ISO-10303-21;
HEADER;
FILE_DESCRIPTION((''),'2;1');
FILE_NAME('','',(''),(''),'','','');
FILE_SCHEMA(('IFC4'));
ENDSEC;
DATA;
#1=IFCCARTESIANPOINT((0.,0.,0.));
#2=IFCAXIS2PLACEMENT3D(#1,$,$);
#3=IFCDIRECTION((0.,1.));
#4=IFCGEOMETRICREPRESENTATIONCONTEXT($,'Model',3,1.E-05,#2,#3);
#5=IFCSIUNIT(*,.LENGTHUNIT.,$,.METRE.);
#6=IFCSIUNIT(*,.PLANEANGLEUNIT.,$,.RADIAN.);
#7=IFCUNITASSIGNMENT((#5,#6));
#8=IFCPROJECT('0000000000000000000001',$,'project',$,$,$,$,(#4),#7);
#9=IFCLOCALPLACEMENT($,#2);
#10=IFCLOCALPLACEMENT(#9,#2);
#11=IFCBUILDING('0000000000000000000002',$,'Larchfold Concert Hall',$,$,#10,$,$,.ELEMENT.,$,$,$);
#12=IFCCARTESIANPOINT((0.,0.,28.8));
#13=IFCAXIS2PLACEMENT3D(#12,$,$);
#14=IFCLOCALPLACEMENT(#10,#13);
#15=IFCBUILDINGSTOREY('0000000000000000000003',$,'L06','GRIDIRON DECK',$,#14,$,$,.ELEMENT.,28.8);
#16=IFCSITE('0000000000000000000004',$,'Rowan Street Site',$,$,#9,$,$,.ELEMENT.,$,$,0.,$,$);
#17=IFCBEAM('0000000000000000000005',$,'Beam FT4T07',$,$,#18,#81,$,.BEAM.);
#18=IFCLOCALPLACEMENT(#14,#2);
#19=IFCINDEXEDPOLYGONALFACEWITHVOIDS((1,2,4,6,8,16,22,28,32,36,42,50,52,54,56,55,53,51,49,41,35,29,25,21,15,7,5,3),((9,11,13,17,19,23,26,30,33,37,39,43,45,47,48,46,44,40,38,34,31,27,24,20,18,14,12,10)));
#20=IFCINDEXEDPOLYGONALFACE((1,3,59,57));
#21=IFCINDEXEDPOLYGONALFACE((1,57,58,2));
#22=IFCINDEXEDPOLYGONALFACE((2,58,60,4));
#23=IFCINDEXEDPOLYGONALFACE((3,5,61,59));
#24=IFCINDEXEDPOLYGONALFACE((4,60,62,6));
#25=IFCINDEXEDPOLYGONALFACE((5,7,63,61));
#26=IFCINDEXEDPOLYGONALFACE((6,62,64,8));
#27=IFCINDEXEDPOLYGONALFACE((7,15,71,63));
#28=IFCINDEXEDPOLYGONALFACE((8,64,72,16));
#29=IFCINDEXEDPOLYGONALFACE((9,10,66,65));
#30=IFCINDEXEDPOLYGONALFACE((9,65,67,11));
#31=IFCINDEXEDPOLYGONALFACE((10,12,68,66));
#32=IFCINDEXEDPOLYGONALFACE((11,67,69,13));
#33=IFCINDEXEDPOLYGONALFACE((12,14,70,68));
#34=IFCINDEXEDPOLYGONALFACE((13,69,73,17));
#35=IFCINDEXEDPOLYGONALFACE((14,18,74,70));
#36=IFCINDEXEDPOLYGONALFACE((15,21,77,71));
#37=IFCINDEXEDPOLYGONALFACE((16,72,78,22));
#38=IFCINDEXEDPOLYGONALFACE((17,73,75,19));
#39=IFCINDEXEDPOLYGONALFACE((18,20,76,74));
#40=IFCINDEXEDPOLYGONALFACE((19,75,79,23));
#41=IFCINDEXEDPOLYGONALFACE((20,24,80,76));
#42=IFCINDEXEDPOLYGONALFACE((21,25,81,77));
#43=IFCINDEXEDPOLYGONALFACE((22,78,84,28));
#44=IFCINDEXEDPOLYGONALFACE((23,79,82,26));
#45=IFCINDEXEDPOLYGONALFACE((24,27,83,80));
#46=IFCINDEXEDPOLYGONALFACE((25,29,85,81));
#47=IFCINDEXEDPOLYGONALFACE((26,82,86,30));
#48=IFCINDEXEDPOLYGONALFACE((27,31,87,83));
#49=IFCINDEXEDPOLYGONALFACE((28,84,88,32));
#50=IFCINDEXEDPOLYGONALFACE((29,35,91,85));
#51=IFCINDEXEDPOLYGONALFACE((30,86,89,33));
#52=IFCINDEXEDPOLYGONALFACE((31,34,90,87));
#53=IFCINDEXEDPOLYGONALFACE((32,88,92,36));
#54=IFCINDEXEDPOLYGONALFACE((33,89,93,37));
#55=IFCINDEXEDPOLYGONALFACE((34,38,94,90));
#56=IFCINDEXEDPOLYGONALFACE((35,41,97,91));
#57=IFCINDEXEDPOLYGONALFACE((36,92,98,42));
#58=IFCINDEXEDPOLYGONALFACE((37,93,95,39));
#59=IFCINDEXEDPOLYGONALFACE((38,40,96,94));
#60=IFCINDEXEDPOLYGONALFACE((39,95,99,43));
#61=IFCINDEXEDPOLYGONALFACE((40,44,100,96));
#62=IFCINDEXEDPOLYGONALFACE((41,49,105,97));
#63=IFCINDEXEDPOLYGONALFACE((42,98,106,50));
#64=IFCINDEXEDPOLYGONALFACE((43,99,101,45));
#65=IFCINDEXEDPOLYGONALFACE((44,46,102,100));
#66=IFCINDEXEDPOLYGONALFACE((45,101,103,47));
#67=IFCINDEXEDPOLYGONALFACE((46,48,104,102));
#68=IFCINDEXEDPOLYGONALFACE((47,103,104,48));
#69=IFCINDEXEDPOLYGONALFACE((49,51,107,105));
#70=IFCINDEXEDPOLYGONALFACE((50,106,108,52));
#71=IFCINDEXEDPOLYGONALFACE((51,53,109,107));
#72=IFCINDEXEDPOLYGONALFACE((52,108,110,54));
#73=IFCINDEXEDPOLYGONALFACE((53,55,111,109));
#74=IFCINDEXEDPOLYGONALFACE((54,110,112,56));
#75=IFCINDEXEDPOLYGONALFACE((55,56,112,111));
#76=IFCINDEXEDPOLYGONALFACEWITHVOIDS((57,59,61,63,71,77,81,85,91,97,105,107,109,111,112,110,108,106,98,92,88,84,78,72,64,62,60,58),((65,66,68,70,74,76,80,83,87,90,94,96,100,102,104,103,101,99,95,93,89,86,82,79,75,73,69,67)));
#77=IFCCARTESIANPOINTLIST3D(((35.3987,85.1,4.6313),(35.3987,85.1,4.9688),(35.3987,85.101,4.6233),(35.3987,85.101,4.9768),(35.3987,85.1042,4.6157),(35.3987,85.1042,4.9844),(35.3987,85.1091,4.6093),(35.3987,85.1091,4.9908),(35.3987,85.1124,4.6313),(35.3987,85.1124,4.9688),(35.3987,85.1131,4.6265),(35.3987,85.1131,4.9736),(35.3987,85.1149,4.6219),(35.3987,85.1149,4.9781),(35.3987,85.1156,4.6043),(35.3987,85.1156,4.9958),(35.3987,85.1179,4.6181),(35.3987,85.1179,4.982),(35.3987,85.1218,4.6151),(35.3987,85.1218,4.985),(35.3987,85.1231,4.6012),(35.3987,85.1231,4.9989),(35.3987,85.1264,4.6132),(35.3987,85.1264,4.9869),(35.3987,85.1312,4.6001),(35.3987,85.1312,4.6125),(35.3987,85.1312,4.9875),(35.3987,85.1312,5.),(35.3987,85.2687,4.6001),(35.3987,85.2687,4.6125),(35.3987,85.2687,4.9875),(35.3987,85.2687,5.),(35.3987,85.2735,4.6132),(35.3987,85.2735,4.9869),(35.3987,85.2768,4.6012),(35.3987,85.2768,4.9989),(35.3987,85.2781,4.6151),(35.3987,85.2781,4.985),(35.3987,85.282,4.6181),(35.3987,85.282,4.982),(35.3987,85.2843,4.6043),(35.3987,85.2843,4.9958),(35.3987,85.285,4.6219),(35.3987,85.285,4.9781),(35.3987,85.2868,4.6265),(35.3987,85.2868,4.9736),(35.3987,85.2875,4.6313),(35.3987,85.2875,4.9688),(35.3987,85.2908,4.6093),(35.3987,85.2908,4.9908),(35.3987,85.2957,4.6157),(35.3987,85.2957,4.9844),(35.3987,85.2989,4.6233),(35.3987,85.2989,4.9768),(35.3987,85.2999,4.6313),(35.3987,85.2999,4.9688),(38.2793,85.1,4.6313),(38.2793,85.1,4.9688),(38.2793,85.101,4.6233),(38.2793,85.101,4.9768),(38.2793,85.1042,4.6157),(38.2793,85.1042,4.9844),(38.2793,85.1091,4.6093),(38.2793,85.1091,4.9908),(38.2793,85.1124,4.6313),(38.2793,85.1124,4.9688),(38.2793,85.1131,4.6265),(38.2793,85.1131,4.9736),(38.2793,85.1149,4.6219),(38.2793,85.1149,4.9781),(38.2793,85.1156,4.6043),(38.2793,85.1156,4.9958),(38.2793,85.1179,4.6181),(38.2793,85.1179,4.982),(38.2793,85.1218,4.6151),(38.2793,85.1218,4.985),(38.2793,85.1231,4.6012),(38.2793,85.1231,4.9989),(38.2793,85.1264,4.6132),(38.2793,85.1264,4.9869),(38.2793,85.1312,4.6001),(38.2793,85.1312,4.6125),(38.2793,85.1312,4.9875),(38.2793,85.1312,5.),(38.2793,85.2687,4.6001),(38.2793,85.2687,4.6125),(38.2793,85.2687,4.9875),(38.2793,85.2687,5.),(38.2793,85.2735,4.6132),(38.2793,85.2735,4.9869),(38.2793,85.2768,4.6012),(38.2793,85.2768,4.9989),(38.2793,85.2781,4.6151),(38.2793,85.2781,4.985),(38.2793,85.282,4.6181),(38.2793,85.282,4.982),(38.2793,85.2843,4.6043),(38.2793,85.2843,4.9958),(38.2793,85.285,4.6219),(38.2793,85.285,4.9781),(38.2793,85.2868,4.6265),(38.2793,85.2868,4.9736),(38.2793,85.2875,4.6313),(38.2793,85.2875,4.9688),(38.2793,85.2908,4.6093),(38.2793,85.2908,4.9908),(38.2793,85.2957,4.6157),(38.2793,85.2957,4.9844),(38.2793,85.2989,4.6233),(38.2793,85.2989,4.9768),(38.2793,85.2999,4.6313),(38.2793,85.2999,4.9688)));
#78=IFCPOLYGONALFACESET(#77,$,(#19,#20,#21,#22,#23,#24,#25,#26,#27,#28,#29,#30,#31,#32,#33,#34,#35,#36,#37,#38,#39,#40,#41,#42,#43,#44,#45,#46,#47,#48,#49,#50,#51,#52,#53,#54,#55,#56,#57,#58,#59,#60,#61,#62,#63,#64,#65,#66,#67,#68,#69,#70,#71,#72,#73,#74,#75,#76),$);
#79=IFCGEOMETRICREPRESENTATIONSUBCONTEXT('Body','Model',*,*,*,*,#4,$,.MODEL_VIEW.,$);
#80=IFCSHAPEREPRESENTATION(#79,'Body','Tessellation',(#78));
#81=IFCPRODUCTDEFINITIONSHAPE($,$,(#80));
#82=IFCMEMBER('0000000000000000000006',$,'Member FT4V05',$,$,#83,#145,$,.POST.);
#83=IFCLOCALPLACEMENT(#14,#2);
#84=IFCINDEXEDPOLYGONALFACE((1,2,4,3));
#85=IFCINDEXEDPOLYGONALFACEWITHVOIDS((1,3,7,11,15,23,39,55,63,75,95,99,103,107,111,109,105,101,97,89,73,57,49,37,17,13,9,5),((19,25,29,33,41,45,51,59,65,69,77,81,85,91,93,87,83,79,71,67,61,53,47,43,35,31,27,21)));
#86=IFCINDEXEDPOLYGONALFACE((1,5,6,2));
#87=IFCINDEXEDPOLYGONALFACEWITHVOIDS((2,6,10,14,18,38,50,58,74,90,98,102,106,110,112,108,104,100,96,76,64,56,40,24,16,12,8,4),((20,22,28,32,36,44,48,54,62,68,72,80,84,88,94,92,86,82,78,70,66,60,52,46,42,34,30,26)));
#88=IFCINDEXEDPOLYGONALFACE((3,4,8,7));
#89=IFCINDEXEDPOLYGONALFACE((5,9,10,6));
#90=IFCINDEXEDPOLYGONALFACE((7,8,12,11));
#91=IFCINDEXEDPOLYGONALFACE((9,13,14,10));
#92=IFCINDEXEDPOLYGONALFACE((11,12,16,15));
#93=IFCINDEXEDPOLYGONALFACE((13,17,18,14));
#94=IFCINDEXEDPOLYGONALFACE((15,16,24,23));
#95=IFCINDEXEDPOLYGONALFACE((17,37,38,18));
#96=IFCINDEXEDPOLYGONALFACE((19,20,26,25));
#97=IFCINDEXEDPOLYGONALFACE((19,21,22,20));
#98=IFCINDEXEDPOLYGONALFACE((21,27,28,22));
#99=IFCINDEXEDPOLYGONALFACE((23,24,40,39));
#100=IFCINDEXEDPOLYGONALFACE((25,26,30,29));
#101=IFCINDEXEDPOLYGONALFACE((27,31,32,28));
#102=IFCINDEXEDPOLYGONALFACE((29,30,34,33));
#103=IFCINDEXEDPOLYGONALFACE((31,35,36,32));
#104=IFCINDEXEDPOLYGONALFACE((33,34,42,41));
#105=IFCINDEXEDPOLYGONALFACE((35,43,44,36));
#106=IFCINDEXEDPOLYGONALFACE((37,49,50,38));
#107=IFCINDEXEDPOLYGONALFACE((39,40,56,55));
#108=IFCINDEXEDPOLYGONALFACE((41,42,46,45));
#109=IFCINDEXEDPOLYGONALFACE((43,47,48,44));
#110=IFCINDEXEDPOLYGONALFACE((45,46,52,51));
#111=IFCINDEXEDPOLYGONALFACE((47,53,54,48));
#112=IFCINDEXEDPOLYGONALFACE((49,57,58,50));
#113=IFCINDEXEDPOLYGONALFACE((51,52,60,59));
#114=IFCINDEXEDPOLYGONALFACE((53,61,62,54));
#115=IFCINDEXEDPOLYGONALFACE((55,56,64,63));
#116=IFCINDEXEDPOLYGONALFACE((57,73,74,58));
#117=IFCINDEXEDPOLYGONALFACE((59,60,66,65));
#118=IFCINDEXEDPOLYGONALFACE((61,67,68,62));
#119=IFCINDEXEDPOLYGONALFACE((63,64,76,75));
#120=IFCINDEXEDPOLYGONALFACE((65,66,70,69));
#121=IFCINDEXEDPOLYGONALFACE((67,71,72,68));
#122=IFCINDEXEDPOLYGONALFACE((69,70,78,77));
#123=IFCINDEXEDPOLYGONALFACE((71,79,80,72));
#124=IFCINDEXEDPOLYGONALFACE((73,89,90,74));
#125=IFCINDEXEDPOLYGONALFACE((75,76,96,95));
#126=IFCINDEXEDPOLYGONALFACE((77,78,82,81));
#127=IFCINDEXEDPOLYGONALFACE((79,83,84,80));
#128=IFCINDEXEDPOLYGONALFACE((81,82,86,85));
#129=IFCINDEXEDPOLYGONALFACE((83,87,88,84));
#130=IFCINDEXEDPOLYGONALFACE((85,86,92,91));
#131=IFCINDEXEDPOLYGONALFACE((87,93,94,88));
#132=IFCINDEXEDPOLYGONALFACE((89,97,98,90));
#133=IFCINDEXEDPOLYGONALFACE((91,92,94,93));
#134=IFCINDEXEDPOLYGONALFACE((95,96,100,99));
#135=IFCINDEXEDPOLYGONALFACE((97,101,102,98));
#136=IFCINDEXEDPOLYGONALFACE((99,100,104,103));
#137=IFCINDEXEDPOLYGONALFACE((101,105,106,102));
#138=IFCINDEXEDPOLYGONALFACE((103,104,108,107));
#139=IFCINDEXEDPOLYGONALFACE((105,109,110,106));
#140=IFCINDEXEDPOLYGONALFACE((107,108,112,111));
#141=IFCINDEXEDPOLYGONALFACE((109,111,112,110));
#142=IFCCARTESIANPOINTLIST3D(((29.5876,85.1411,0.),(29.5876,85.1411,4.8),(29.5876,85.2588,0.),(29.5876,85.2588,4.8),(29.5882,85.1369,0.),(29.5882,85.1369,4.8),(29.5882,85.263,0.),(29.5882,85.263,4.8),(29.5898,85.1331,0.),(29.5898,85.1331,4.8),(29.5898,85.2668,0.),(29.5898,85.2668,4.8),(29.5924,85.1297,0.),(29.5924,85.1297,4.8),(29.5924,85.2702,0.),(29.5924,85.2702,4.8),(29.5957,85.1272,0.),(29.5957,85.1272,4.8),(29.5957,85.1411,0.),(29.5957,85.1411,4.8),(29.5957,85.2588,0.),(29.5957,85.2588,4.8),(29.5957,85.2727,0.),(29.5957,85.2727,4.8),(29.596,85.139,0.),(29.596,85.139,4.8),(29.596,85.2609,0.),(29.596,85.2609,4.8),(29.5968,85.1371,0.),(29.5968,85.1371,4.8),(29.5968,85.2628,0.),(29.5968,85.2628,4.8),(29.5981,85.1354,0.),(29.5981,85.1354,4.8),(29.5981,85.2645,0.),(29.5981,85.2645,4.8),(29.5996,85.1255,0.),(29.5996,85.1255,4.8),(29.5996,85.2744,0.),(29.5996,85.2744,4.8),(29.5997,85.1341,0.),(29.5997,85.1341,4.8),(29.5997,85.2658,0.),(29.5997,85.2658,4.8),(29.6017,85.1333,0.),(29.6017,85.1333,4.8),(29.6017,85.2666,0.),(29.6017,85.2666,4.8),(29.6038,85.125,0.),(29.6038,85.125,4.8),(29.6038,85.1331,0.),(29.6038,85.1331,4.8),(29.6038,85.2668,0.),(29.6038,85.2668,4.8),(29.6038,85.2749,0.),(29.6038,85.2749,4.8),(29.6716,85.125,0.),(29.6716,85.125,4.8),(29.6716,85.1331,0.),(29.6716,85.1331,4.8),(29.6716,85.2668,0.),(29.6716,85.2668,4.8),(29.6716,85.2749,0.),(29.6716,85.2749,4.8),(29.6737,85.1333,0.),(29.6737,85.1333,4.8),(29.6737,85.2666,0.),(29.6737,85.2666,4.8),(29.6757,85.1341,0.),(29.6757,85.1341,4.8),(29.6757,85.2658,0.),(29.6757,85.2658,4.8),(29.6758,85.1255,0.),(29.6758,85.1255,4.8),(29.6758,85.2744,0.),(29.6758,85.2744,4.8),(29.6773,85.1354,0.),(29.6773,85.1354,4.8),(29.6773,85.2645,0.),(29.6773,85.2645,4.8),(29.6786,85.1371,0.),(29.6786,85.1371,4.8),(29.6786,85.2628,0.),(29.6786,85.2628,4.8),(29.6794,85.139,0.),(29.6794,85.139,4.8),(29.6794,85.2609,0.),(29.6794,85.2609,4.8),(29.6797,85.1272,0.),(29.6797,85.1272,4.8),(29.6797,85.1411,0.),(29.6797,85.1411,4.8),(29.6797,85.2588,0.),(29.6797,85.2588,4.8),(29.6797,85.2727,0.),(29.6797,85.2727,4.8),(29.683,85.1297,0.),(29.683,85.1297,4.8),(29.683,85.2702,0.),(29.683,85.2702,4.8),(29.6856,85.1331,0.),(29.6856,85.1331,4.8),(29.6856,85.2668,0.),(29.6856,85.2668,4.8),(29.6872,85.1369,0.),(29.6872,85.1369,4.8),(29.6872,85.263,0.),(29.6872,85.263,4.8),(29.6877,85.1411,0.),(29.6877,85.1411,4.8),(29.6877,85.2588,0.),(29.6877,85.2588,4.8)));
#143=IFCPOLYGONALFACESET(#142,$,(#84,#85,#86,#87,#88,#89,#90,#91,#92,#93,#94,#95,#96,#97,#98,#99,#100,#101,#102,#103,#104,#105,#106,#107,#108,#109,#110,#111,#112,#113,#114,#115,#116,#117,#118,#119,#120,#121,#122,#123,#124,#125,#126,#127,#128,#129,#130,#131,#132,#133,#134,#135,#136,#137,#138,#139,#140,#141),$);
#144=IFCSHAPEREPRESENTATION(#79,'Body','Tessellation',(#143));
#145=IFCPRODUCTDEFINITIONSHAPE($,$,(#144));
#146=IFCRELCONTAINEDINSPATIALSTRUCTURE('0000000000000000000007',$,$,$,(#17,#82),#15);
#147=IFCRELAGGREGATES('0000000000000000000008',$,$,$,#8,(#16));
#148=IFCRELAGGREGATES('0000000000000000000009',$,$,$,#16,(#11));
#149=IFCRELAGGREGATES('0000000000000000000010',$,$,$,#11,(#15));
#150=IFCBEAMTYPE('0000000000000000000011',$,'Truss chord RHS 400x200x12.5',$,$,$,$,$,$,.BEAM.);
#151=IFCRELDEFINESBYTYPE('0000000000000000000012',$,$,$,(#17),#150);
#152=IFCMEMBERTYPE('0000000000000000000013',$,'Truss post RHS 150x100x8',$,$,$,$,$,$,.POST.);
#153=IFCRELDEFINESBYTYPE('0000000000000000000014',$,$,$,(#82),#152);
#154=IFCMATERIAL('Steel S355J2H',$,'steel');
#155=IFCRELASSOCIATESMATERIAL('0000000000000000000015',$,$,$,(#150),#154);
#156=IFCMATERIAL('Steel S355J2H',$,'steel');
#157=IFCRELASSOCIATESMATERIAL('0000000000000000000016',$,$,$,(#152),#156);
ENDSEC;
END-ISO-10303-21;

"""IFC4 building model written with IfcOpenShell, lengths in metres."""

from ifc_helpers import new_model, si_unit, direction, frame, origin, origin_2d, place, context, subcontext, project, spatial, hollow_rectangle, extrude, material, material_profile, profile_set, type_object, element, save


model = new_model("IFC4")

# Units and contexts
model_context = context("Model", 3, precision=1e-05, world=origin(), true_north=direction((0.0, 1.0)))
body_context = subcontext(model_context, "Body", "Model", "MODEL_VIEW")
ifc_project = project(units=[si_unit("LENGTHUNIT", "METRE"), si_unit("PLANEANGLEUNIT", "RADIAN")], contexts=[model_context])

# Site, building, storey
site_placement = place(None, origin())
site = spatial("IfcSite", under=ifc_project, at=site_placement, Name="Rowan Street Site", CompositionType="ELEMENT", RefElevation=0.0)
building_placement = place(site_placement, origin())
building = spatial("IfcBuilding", under=site, at=building_placement, Name="Larchfold Concert Hall", CompositionType="ELEMENT")
storey_placement = place(building_placement, frame((0.0, 0.0, 28.8)))
storey = spatial("IfcBuildingStorey", under=building, at=storey_placement, Name="L06", Description="GRIDIRON DECK", CompositionType="ELEMENT", Elevation=28.8)

# Beam
ifc_material_1 = material(Name="Steel S355J2H", Category="steel")
ifc_material_profile_1 = material_profile(ifc_material_1, hollow_rectangle(XDim=0.2, YDim=0.3999, WallThickness=0.0125, InnerFilletRadius=0.0188, OuterFilletRadius=0.0312, at=origin_2d()))
ifc_profile_set_1 = profile_set([ifc_material_profile_1], Name="Steel S355J2H")
beam_type_1 = type_object("IfcBeamType", Name="Truss chord RHS 400x200x12.5", PredefinedType="BEAM", material=ifc_profile_set_1)
beam_1_placement = place(storey_placement, frame((35.3987, 85.2, 4.8), z_axis=(1.0, 0.0, 0.0), x_axis=(0.0, 1.0, 0.0)))
element("IfcBeam", 1, at=beam_1_placement, inside=storey, type_object=beam_type_1, Name="Beam FT4T07", PredefinedType="BEAM", context=body_context, shape_type="SweptSolid", body=[
    extrude(hollow_rectangle(XDim=0.2, YDim=0.3999, WallThickness=0.0125, InnerFilletRadius=0.0188, OuterFilletRadius=0.0312, at=origin_2d()), origin(), (0.0, 0.0, 1.0), 2.8806),
])

# Member
ifc_material_2 = material(Name="Steel S355J2H", Category="steel")
ifc_material_profile_2 = material_profile(ifc_material_2, hollow_rectangle(XDim=0.1001, YDim=0.1499, WallThickness=0.0081, InnerFilletRadius=0.0081, OuterFilletRadius=0.0161, at=origin_2d()))
ifc_profile_set_2 = profile_set([ifc_material_profile_2], Name="Steel S355J2H")
member_type_1 = type_object("IfcMemberType", Name="Truss post RHS 150x100x8", PredefinedType="POST", material=ifc_profile_set_2)
for number, where, z_axis, x_axis, name in (
    (2, (29.6377, 85.2, 4.8), (0.0, 0.0, -1.0), (1.0, 0.0, 0.0), "Member FT4V05"),
):
    element("IfcMember", number, at=place(storey_placement, frame(where, z_axis=z_axis, x_axis=x_axis)), inside=storey, type_object=member_type_1, Name=name, PredefinedType="POST", context=body_context, shape_type="SweptSolid", body=[
        extrude(hollow_rectangle(XDim=0.1001, YDim=0.1499, WallThickness=0.0081, InnerFilletRadius=0.0081, OuterFilletRadius=0.0161, at=origin_2d()), origin(), (0.0, 0.0, 1.0), 4.8),
    ])

save(model, "model.ifc")
